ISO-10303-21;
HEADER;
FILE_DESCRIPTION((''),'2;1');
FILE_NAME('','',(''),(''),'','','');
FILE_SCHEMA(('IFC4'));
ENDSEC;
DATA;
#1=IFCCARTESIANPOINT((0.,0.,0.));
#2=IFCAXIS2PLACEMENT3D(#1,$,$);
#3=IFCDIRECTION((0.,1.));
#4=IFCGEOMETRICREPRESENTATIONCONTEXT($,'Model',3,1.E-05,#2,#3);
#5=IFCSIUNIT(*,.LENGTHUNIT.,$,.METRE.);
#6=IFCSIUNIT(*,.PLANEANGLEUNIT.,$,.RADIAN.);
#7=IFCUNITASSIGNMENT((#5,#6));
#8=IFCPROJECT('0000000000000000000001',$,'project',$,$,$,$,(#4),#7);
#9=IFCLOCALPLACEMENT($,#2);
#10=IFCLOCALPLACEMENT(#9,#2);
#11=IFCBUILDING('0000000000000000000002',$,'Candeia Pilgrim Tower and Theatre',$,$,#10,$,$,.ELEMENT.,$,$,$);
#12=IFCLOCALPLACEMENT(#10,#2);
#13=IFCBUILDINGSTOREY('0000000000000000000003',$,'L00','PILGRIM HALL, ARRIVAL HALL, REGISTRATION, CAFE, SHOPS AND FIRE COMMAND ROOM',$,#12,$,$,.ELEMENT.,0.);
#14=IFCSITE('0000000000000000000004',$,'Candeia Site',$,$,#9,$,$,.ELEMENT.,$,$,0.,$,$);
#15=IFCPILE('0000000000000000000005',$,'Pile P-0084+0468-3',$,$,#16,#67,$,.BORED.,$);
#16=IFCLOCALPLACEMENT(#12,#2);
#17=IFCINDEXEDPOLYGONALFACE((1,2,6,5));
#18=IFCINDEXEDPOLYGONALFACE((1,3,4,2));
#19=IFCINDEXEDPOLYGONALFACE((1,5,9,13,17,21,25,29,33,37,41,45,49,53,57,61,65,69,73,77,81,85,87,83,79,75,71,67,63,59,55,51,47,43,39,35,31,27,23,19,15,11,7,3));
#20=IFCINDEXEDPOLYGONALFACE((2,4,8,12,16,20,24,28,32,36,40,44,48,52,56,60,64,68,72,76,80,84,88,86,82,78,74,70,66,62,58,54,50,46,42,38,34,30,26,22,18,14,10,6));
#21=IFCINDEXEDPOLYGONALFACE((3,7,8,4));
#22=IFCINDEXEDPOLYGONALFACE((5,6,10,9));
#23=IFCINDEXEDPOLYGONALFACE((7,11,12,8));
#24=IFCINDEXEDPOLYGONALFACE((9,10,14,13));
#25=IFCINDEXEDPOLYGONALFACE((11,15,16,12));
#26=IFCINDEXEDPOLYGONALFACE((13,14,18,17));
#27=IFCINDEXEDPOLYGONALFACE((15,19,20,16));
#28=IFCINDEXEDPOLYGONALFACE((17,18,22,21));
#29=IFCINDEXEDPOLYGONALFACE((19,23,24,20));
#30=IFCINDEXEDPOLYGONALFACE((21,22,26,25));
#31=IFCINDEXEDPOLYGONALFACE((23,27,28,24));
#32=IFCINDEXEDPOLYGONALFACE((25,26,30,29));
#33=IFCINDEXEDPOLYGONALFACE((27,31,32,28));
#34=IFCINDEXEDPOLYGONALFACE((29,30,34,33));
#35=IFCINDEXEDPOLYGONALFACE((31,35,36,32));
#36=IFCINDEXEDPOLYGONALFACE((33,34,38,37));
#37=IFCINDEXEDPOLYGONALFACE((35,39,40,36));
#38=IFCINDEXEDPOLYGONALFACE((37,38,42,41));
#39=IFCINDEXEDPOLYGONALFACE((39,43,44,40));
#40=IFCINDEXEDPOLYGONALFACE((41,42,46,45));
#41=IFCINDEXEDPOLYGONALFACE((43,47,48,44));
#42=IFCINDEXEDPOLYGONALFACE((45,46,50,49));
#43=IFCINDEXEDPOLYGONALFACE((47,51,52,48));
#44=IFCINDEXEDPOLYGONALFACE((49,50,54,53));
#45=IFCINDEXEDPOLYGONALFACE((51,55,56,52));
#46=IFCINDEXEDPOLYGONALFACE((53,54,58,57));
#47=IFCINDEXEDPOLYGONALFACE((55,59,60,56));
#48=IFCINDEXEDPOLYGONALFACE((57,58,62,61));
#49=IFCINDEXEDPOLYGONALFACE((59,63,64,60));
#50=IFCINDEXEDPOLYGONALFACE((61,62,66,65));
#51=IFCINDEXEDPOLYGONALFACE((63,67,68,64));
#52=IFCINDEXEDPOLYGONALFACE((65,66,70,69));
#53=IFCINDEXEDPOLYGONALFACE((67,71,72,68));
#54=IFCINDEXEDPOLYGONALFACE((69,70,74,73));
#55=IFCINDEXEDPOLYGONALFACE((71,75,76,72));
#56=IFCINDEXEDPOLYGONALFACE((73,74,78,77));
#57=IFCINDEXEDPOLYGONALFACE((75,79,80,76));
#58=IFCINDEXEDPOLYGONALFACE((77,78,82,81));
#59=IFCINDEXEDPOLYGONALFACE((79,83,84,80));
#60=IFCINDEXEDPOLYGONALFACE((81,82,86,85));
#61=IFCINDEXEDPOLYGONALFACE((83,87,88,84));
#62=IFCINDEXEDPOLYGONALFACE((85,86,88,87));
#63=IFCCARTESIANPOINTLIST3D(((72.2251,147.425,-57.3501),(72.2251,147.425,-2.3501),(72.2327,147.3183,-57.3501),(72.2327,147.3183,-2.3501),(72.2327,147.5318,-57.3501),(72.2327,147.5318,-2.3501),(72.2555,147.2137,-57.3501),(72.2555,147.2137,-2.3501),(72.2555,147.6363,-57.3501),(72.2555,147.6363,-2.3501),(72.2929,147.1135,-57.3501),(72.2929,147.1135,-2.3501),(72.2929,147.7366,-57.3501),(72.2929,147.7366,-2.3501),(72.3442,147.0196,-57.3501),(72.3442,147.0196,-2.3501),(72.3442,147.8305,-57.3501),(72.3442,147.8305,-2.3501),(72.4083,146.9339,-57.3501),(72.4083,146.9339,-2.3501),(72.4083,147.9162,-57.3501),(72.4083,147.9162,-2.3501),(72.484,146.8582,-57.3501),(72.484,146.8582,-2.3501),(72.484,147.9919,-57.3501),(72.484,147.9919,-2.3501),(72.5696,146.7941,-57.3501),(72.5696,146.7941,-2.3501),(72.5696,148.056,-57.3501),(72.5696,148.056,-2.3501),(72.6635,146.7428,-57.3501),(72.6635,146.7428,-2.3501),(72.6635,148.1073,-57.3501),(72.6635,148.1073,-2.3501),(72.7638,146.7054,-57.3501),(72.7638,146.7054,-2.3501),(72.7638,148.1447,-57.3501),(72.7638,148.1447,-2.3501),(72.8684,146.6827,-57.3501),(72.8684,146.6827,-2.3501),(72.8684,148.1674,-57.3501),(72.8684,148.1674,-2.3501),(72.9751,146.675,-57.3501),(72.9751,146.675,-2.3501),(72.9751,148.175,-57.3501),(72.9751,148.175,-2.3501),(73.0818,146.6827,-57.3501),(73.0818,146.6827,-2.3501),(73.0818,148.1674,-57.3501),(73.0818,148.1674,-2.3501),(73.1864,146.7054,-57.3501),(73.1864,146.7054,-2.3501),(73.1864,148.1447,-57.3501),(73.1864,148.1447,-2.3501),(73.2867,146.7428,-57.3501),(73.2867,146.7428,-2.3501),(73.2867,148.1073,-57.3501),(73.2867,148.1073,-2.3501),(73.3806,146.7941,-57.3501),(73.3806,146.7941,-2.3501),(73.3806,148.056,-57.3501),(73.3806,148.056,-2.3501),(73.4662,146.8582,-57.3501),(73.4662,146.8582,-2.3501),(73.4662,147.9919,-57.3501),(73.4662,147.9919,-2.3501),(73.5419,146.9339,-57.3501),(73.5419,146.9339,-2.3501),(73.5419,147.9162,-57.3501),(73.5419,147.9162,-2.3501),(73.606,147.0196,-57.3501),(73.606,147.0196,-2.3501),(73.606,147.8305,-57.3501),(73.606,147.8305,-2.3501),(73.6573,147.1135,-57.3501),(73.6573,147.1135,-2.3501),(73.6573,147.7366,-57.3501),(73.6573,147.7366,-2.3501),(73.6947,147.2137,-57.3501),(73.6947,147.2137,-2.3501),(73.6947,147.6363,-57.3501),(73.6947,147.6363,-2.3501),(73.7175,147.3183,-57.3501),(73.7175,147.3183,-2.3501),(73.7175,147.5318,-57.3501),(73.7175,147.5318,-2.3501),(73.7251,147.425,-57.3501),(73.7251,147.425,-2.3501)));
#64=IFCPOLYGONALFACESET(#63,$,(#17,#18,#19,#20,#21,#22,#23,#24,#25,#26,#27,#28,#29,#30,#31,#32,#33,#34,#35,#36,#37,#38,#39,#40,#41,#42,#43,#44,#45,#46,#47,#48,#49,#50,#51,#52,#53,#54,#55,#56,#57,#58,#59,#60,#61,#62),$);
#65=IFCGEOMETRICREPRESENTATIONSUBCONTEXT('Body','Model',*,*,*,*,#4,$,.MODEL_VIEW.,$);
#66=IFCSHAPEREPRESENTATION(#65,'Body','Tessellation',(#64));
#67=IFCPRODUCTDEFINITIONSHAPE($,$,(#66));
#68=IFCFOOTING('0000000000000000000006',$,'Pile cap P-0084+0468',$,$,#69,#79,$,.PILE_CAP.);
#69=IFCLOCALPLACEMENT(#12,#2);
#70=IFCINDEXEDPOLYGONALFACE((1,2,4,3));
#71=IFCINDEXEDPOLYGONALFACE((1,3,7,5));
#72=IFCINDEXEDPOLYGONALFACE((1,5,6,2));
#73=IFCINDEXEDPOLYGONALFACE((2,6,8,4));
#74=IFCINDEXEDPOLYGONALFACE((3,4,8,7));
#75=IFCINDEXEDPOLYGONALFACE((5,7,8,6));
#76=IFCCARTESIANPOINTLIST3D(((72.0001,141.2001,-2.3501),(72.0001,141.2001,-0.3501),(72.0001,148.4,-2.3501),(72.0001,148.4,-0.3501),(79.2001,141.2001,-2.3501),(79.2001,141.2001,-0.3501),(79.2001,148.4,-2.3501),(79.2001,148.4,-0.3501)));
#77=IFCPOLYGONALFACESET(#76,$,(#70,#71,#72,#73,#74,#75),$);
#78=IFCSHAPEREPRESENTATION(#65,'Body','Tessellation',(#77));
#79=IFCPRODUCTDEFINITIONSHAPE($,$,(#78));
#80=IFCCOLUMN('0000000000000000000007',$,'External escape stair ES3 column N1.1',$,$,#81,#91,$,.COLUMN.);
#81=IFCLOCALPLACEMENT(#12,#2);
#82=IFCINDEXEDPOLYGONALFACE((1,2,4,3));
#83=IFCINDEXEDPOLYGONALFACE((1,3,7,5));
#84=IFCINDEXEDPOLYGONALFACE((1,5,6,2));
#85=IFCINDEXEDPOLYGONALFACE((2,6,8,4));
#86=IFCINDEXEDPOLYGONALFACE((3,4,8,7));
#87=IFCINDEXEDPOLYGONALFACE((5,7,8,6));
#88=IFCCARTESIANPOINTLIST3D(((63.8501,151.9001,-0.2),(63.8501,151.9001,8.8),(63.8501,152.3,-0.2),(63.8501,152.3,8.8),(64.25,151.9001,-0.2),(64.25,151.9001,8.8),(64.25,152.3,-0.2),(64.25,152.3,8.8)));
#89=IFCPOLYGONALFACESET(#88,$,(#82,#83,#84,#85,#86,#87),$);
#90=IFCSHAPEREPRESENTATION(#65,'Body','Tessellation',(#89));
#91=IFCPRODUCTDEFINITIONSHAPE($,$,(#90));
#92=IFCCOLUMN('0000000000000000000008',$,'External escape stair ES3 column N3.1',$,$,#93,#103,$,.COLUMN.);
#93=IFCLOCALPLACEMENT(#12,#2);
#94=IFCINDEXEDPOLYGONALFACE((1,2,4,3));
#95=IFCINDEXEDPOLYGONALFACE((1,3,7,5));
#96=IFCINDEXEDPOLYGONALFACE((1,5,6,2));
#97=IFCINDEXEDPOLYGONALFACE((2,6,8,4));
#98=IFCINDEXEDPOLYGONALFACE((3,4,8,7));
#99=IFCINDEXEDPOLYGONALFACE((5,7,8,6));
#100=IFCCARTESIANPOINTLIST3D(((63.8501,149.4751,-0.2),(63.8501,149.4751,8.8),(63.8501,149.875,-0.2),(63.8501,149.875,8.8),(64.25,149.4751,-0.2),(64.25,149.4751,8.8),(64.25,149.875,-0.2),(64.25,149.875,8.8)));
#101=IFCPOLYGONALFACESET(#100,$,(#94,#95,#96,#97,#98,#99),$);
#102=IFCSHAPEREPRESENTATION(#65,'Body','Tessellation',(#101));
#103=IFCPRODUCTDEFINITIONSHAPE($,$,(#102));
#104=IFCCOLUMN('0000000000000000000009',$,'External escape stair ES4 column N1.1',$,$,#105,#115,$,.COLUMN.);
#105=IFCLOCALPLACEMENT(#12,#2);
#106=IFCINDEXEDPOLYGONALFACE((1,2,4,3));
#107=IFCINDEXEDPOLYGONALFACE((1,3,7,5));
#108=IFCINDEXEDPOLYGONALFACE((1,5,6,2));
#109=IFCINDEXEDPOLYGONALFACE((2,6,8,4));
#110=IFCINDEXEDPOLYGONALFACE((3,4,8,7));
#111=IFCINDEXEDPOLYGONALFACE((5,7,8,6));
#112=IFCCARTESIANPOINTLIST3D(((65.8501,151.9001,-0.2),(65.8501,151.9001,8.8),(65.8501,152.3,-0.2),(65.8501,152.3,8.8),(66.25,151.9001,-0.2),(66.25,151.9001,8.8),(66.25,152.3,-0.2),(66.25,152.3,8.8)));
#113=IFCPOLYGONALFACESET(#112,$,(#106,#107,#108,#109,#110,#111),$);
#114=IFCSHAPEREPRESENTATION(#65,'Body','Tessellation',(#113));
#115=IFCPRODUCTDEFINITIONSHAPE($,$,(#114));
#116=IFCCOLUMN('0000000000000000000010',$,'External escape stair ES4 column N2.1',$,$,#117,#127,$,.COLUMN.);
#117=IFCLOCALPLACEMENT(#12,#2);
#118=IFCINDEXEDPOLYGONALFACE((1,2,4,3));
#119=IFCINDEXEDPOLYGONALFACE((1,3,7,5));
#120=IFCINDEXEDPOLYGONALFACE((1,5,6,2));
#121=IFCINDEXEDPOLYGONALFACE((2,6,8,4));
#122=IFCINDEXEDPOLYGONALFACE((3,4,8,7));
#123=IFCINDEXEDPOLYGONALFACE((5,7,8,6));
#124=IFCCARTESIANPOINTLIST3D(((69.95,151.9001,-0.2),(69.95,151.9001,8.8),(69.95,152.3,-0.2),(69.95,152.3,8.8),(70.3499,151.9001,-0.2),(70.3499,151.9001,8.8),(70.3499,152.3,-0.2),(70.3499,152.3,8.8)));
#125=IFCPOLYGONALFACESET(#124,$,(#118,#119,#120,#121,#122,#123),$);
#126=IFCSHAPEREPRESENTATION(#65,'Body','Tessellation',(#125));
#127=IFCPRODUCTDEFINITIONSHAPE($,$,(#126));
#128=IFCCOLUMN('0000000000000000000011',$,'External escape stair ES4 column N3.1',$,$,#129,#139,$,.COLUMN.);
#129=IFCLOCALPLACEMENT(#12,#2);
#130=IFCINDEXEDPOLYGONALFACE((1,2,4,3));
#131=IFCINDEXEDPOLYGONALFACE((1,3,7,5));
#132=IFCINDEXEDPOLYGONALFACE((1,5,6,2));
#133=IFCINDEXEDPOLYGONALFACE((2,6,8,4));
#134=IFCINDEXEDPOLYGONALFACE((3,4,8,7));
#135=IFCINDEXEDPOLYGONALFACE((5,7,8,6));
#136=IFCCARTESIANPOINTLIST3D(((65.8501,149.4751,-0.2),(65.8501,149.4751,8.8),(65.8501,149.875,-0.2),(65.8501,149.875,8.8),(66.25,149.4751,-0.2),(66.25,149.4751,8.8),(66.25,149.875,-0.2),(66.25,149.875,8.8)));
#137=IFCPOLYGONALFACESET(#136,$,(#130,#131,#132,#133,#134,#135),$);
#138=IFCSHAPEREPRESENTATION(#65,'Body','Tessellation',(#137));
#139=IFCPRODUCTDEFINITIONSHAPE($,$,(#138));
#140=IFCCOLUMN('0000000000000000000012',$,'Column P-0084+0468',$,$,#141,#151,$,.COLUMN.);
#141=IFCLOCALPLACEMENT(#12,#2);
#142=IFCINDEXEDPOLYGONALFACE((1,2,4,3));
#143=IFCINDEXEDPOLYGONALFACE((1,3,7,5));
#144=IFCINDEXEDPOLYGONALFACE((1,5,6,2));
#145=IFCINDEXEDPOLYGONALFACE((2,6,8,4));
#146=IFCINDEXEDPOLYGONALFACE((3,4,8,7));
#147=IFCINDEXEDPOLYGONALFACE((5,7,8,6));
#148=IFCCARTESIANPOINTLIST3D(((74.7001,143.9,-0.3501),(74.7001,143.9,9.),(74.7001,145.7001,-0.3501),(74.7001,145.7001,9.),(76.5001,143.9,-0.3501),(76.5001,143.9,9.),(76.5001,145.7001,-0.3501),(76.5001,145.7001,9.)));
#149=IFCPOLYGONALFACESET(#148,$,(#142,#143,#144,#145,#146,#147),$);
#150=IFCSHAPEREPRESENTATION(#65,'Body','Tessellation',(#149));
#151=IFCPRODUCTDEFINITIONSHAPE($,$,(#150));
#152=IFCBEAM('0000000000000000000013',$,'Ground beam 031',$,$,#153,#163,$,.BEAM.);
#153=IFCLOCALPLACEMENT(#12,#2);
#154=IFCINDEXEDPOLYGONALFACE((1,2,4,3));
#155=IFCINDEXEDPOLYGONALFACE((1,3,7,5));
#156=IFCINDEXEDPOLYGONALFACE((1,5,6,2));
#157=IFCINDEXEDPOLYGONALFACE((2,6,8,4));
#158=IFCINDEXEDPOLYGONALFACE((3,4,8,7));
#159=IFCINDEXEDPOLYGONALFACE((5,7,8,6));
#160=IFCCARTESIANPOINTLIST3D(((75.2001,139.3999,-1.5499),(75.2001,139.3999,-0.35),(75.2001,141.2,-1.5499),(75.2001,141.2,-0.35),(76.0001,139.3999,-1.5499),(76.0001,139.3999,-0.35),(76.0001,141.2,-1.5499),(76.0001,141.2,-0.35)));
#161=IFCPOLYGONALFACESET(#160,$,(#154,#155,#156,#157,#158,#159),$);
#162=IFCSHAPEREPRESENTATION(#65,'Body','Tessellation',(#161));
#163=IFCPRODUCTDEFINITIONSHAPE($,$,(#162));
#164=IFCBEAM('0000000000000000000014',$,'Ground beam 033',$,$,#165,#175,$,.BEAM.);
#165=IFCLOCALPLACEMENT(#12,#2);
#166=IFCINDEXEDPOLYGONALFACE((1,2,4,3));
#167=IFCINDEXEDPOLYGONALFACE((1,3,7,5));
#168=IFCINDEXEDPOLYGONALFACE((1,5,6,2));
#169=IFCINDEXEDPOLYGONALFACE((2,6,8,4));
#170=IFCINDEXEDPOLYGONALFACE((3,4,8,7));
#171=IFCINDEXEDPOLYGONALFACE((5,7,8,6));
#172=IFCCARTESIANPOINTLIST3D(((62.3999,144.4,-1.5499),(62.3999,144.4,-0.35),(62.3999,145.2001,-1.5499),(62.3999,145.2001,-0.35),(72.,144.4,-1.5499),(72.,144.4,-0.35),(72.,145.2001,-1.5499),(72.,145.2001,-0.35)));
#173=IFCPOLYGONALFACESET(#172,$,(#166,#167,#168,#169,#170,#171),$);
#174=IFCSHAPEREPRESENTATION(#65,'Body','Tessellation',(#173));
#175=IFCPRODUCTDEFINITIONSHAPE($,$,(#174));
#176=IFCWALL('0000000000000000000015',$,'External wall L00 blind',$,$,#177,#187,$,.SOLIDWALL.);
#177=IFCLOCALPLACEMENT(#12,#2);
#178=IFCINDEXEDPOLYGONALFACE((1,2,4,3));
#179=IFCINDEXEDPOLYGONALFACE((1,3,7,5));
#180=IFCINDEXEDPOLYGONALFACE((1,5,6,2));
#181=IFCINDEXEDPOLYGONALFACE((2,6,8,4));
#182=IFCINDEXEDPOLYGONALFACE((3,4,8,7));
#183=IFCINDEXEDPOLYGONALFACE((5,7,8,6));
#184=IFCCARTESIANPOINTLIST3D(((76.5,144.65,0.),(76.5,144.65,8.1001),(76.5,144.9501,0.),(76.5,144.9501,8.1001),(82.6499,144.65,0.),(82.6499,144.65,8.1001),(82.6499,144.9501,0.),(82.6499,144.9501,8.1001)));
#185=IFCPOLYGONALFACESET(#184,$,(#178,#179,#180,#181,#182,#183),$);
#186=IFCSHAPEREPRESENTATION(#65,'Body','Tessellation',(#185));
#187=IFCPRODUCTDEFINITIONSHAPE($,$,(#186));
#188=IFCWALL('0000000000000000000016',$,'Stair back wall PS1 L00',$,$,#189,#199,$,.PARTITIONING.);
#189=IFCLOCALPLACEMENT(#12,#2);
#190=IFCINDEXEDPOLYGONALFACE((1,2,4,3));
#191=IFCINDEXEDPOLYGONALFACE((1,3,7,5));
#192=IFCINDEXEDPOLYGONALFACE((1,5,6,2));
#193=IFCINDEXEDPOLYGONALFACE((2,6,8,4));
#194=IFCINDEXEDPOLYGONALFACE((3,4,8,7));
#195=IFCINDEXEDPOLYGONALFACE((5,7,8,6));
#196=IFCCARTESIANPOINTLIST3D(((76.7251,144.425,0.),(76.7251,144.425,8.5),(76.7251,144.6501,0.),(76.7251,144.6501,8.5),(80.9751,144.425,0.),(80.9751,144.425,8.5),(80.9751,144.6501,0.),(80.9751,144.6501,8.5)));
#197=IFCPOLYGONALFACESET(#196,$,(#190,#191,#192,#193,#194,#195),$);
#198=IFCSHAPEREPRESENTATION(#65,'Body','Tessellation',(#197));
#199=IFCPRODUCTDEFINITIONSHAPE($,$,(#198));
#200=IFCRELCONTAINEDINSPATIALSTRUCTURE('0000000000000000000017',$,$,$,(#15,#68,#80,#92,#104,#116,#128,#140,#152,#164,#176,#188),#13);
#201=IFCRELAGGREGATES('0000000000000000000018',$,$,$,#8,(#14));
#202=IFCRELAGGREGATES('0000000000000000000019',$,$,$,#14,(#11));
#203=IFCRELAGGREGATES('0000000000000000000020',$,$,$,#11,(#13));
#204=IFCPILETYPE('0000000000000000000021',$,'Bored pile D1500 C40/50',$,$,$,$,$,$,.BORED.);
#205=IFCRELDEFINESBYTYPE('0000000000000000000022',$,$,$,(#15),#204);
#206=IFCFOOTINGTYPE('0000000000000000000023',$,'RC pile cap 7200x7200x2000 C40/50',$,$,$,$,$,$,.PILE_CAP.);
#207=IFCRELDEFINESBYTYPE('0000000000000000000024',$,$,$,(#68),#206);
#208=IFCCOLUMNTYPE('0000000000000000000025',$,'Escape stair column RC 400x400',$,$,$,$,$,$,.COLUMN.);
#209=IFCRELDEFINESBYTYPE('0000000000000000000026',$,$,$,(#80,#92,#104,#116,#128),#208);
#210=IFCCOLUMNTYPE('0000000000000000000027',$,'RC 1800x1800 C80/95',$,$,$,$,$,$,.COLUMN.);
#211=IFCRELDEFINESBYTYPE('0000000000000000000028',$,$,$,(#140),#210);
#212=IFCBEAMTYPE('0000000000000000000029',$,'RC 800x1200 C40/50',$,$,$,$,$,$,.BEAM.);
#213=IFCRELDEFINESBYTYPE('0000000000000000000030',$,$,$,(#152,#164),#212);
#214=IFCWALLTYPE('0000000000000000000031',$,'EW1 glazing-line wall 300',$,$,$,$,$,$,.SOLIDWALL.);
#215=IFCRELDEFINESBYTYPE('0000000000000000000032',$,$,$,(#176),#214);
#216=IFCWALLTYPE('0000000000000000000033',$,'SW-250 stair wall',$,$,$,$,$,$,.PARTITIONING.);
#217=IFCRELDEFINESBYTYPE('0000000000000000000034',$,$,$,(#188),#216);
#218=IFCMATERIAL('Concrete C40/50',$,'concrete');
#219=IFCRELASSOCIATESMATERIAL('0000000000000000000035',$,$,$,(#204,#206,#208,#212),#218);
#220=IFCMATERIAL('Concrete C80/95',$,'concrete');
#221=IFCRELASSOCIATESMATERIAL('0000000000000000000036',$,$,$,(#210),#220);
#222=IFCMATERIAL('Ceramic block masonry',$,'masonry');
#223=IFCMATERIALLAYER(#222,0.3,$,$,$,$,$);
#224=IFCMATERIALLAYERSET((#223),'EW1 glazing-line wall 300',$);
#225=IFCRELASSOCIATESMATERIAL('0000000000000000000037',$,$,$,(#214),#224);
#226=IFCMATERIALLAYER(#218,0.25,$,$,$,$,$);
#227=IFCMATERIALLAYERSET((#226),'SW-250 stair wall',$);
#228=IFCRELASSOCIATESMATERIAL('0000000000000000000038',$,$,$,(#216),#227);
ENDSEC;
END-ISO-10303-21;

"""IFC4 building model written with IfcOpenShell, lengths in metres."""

from ifc_helpers import new_model, si_unit, direction, frame, frame_2d, origin, origin_2d, place, context, subcontext, project, spatial, rectangle, circle, extrude, material, layer, layer_set, material_profile, profile_set, type_object, element, save


model = new_model("IFC4")

# Units and contexts
model_context = context("Model", 3, precision=1e-05, world=origin(), true_north=direction((0.0, 1.0)))
body_context = subcontext(model_context, "Body", "Model", "MODEL_VIEW")
ifc_project = project(units=[si_unit("LENGTHUNIT", "METRE"), si_unit("PLANEANGLEUNIT", "RADIAN")], contexts=[model_context])

# Site, building, storey
site_placement = place(None, origin())
site = spatial("IfcSite", under=ifc_project, at=site_placement, Name="Candeia Site", CompositionType="ELEMENT", RefElevation=0.0)
building_placement = place(site_placement, origin())
building = spatial("IfcBuilding", under=site, at=building_placement, Name="Candeia Pilgrim Tower and Theatre", CompositionType="ELEMENT")
storey_placement = place(building_placement, origin())
storey = spatial("IfcBuildingStorey", under=building, at=storey_placement, Name="L00", Description="PILGRIM HALL, ARRIVAL HALL, REGISTRATION, CAFE, SHOPS AND FIRE COMMAND ROOM", CompositionType="ELEMENT", Elevation=0.0)

# Pile
ifc_material_1 = material(Name="Concrete C40/50", Category="concrete")
ifc_material_profile_1 = material_profile(ifc_material_1, circle(Radius=0.75, at=origin_2d()))
ifc_profile_set_1 = profile_set([ifc_material_profile_1], Name="Concrete C40/50")
pile_type = type_object("IfcPileType", Name="Bored pile D1500 C40/50", PredefinedType="BORED", material=ifc_profile_set_1)
for number, where, z_axis, x_axis, name in (
    (1, (72.9751, 147.425, -2.3501), (0.0, 0.0, -1.0), (1.0, 0.0, 0.0), "Pile P-0084+0468-3"),
):
    element("IfcPile", number, at=place(storey_placement, frame(where, z_axis=z_axis, x_axis=x_axis)), inside=storey, type_object=pile_type, Name=name, PredefinedType="BORED", context=body_context, shape_type="SweptSolid", body=[
        extrude(circle(Radius=0.75, at=origin_2d()), origin(), (0.0, 0.0, 1.0), 55.0),
    ])

# Footing
footing_type = type_object("IfcFootingType", Name="RC pile cap 7200x7200x2000 C40/50", PredefinedType="PILE_CAP", material=ifc_material_1)
footing_placement = place(storey_placement, frame((75.6001, 144.8, -2.3501), z_axis=(0.0, 0.0, 1.0), x_axis=(1.0, 0.0, 0.0)))
element("IfcFooting", 2, at=footing_placement, inside=storey, type_object=footing_type, Name="Pile cap P-0084+0468", PredefinedType="PILE_CAP", context=body_context, shape_type="SweptSolid", body=[
    extrude(rectangle(XDim=7.2, YDim=7.2, at=origin_2d()), origin(), (0.0, 0.0, 1.0), 2.0),
])

# Columns
ifc_material_profile_2 = material_profile(ifc_material_1, rectangle(XDim=0.3999, YDim=0.3999, at=origin_2d()))
ifc_profile_set_2 = profile_set([ifc_material_profile_2], Name="Concrete C40/50")
column_type_1 = type_object("IfcColumnType", Name="Escape stair column RC 400x400", PredefinedType="COLUMN", material=ifc_profile_set_2)
for number, where, z_axis, x_axis, name in (
    (3, (64.05, 152.1001, -0.2), (0.0, 0.0, 1.0), (1.0, 0.0, 0.0), "External escape stair ES3 column N1.1"),
    (4, (64.05, 149.675, -0.2), (0.0, 0.0, 1.0), (1.0, 0.0, 0.0), "External escape stair ES3 column N3.1"),
    (5, (66.05, 152.1001, -0.2), (0.0, 0.0, 1.0), (1.0, 0.0, 0.0), "External escape stair ES4 column N1.1"),
    (6, (70.1499, 152.1001, -0.2), (0.0, 0.0, 1.0), (1.0, 0.0, 0.0), "External escape stair ES4 column N2.1"),
    (7, (66.05, 149.675, -0.2), (0.0, 0.0, 1.0), (1.0, 0.0, 0.0), "External escape stair ES4 column N3.1"),
):
    element("IfcColumn", number, at=place(storey_placement, frame(where, z_axis=z_axis, x_axis=x_axis)), inside=storey, type_object=column_type_1, Name=name, PredefinedType="COLUMN", context=body_context, shape_type="SweptSolid", body=[
        extrude(rectangle(XDim=0.3999, YDim=0.3999, at=origin_2d()), origin(), (0.0, 0.0, 1.0), 9.0),
    ])
ifc_material_2 = material(Name="Concrete C80/95", Category="concrete")
ifc_material_profile_3 = material_profile(ifc_material_2, rectangle(XDim=1.8, YDim=1.8, at=origin_2d()))
ifc_profile_set_3 = profile_set([ifc_material_profile_3], Name="Concrete C80/95")
column_type_2 = type_object("IfcColumnType", Name="RC 1800x1800 C80/95", PredefinedType="COLUMN", material=ifc_profile_set_3)
column_placement = place(storey_placement, frame((75.6001, 144.8, -0.3501), z_axis=(0.0, 0.0, 1.0), x_axis=(1.0, 0.0, 0.0)))
element("IfcColumn", 8, at=column_placement, inside=storey, type_object=column_type_2, Name="Column P-0084+0468", PredefinedType="COLUMN", context=body_context, shape_type="SweptSolid", body=[
    extrude(rectangle(XDim=1.8, YDim=1.8, at=origin_2d()), origin(), (0.0, 0.0, 1.0), 9.3501),
])

# Beams
ifc_material_profile_4 = material_profile(ifc_material_1, rectangle(XDim=0.8, YDim=1.2, at=origin_2d()))
ifc_profile_set_4 = profile_set([ifc_material_profile_4], Name="Concrete C40/50")
beam_type = type_object("IfcBeamType", Name="RC 800x1200 C40/50", PredefinedType="BEAM", material=ifc_profile_set_4)
beam_1_placement = place(storey_placement, frame((75.6001, 139.3999, -0.95), z_axis=(0.0, 1.0, 0.0), x_axis=(-1.0, 0.0, 0.0)))
element("IfcBeam", 9, at=beam_1_placement, inside=storey, type_object=beam_type, Name="Ground beam 031", PredefinedType="BEAM", context=body_context, shape_type="SweptSolid", body=[
    extrude(rectangle(XDim=0.8, YDim=1.2, at=origin_2d()), origin(), (0.0, 0.0, 1.0), 1.8),
])
beam_2_placement = place(storey_placement, frame((72.0, 144.8, -0.95), z_axis=(-1.0, 0.0, 0.0), x_axis=(0.0, -1.0, 0.0)))
element("IfcBeam", 10, at=beam_2_placement, inside=storey, type_object=beam_type, Name="Ground beam 033", PredefinedType="BEAM", context=body_context, shape_type="SweptSolid", body=[
    extrude(rectangle(XDim=0.8, YDim=1.2, at=origin_2d()), origin(), (0.0, 0.0, 1.0), 9.6001),
])

# Wall
ifc_material_3 = material(Name="Ceramic block masonry", Category="masonry")
ifc_layer_1 = layer(ifc_material_3, 0.3)
ifc_layer_set_1 = layer_set([ifc_layer_1], Name="EW1 glazing-line wall 300")
wall_type_1 = type_object("IfcWallType", Name="EW1 glazing-line wall 300", PredefinedType="SOLIDWALL", material=ifc_layer_set_1)
wall_1_placement = place(storey_placement, frame((76.5, 144.8, 0.0), z_axis=(0.0, 0.0, 1.0), x_axis=(1.0, 0.0, 0.0)))
element("IfcWall", 11, at=wall_1_placement, inside=storey, type_object=wall_type_1, Name="External wall L00 blind", PredefinedType="SOLIDWALL", context=body_context, shape_type="SweptSolid", body=[
    extrude(rectangle(XDim=6.1499, YDim=0.3, at=frame_2d((3.075, 0.0))), origin(), (0.0, 0.0, 1.0), 8.1001),
])

# Wall
ifc_layer_2 = layer(ifc_material_1, 0.25)
ifc_layer_set_2 = layer_set([ifc_layer_2], Name="SW-250 stair wall")
wall_type_2 = type_object("IfcWallType", Name="SW-250 stair wall", PredefinedType="PARTITIONING", material=ifc_layer_set_2)
wall_2_placement = place(storey_placement, frame((76.7251, 144.5376, 0.0), z_axis=(0.0, 0.0, 1.0), x_axis=(1.0, 0.0, 0.0)))
element("IfcWall", 12, at=wall_2_placement, inside=storey, type_object=wall_type_2, Name="Stair back wall PS1 L00", PredefinedType="PARTITIONING", context=body_context, shape_type="SweptSolid", body=[
    extrude(rectangle(XDim=4.25, YDim=0.2251, at=frame_2d((2.125, 0.0))), origin(), (0.0, 0.0, 1.0), 8.5),
])

save(model, "model.ifc")
